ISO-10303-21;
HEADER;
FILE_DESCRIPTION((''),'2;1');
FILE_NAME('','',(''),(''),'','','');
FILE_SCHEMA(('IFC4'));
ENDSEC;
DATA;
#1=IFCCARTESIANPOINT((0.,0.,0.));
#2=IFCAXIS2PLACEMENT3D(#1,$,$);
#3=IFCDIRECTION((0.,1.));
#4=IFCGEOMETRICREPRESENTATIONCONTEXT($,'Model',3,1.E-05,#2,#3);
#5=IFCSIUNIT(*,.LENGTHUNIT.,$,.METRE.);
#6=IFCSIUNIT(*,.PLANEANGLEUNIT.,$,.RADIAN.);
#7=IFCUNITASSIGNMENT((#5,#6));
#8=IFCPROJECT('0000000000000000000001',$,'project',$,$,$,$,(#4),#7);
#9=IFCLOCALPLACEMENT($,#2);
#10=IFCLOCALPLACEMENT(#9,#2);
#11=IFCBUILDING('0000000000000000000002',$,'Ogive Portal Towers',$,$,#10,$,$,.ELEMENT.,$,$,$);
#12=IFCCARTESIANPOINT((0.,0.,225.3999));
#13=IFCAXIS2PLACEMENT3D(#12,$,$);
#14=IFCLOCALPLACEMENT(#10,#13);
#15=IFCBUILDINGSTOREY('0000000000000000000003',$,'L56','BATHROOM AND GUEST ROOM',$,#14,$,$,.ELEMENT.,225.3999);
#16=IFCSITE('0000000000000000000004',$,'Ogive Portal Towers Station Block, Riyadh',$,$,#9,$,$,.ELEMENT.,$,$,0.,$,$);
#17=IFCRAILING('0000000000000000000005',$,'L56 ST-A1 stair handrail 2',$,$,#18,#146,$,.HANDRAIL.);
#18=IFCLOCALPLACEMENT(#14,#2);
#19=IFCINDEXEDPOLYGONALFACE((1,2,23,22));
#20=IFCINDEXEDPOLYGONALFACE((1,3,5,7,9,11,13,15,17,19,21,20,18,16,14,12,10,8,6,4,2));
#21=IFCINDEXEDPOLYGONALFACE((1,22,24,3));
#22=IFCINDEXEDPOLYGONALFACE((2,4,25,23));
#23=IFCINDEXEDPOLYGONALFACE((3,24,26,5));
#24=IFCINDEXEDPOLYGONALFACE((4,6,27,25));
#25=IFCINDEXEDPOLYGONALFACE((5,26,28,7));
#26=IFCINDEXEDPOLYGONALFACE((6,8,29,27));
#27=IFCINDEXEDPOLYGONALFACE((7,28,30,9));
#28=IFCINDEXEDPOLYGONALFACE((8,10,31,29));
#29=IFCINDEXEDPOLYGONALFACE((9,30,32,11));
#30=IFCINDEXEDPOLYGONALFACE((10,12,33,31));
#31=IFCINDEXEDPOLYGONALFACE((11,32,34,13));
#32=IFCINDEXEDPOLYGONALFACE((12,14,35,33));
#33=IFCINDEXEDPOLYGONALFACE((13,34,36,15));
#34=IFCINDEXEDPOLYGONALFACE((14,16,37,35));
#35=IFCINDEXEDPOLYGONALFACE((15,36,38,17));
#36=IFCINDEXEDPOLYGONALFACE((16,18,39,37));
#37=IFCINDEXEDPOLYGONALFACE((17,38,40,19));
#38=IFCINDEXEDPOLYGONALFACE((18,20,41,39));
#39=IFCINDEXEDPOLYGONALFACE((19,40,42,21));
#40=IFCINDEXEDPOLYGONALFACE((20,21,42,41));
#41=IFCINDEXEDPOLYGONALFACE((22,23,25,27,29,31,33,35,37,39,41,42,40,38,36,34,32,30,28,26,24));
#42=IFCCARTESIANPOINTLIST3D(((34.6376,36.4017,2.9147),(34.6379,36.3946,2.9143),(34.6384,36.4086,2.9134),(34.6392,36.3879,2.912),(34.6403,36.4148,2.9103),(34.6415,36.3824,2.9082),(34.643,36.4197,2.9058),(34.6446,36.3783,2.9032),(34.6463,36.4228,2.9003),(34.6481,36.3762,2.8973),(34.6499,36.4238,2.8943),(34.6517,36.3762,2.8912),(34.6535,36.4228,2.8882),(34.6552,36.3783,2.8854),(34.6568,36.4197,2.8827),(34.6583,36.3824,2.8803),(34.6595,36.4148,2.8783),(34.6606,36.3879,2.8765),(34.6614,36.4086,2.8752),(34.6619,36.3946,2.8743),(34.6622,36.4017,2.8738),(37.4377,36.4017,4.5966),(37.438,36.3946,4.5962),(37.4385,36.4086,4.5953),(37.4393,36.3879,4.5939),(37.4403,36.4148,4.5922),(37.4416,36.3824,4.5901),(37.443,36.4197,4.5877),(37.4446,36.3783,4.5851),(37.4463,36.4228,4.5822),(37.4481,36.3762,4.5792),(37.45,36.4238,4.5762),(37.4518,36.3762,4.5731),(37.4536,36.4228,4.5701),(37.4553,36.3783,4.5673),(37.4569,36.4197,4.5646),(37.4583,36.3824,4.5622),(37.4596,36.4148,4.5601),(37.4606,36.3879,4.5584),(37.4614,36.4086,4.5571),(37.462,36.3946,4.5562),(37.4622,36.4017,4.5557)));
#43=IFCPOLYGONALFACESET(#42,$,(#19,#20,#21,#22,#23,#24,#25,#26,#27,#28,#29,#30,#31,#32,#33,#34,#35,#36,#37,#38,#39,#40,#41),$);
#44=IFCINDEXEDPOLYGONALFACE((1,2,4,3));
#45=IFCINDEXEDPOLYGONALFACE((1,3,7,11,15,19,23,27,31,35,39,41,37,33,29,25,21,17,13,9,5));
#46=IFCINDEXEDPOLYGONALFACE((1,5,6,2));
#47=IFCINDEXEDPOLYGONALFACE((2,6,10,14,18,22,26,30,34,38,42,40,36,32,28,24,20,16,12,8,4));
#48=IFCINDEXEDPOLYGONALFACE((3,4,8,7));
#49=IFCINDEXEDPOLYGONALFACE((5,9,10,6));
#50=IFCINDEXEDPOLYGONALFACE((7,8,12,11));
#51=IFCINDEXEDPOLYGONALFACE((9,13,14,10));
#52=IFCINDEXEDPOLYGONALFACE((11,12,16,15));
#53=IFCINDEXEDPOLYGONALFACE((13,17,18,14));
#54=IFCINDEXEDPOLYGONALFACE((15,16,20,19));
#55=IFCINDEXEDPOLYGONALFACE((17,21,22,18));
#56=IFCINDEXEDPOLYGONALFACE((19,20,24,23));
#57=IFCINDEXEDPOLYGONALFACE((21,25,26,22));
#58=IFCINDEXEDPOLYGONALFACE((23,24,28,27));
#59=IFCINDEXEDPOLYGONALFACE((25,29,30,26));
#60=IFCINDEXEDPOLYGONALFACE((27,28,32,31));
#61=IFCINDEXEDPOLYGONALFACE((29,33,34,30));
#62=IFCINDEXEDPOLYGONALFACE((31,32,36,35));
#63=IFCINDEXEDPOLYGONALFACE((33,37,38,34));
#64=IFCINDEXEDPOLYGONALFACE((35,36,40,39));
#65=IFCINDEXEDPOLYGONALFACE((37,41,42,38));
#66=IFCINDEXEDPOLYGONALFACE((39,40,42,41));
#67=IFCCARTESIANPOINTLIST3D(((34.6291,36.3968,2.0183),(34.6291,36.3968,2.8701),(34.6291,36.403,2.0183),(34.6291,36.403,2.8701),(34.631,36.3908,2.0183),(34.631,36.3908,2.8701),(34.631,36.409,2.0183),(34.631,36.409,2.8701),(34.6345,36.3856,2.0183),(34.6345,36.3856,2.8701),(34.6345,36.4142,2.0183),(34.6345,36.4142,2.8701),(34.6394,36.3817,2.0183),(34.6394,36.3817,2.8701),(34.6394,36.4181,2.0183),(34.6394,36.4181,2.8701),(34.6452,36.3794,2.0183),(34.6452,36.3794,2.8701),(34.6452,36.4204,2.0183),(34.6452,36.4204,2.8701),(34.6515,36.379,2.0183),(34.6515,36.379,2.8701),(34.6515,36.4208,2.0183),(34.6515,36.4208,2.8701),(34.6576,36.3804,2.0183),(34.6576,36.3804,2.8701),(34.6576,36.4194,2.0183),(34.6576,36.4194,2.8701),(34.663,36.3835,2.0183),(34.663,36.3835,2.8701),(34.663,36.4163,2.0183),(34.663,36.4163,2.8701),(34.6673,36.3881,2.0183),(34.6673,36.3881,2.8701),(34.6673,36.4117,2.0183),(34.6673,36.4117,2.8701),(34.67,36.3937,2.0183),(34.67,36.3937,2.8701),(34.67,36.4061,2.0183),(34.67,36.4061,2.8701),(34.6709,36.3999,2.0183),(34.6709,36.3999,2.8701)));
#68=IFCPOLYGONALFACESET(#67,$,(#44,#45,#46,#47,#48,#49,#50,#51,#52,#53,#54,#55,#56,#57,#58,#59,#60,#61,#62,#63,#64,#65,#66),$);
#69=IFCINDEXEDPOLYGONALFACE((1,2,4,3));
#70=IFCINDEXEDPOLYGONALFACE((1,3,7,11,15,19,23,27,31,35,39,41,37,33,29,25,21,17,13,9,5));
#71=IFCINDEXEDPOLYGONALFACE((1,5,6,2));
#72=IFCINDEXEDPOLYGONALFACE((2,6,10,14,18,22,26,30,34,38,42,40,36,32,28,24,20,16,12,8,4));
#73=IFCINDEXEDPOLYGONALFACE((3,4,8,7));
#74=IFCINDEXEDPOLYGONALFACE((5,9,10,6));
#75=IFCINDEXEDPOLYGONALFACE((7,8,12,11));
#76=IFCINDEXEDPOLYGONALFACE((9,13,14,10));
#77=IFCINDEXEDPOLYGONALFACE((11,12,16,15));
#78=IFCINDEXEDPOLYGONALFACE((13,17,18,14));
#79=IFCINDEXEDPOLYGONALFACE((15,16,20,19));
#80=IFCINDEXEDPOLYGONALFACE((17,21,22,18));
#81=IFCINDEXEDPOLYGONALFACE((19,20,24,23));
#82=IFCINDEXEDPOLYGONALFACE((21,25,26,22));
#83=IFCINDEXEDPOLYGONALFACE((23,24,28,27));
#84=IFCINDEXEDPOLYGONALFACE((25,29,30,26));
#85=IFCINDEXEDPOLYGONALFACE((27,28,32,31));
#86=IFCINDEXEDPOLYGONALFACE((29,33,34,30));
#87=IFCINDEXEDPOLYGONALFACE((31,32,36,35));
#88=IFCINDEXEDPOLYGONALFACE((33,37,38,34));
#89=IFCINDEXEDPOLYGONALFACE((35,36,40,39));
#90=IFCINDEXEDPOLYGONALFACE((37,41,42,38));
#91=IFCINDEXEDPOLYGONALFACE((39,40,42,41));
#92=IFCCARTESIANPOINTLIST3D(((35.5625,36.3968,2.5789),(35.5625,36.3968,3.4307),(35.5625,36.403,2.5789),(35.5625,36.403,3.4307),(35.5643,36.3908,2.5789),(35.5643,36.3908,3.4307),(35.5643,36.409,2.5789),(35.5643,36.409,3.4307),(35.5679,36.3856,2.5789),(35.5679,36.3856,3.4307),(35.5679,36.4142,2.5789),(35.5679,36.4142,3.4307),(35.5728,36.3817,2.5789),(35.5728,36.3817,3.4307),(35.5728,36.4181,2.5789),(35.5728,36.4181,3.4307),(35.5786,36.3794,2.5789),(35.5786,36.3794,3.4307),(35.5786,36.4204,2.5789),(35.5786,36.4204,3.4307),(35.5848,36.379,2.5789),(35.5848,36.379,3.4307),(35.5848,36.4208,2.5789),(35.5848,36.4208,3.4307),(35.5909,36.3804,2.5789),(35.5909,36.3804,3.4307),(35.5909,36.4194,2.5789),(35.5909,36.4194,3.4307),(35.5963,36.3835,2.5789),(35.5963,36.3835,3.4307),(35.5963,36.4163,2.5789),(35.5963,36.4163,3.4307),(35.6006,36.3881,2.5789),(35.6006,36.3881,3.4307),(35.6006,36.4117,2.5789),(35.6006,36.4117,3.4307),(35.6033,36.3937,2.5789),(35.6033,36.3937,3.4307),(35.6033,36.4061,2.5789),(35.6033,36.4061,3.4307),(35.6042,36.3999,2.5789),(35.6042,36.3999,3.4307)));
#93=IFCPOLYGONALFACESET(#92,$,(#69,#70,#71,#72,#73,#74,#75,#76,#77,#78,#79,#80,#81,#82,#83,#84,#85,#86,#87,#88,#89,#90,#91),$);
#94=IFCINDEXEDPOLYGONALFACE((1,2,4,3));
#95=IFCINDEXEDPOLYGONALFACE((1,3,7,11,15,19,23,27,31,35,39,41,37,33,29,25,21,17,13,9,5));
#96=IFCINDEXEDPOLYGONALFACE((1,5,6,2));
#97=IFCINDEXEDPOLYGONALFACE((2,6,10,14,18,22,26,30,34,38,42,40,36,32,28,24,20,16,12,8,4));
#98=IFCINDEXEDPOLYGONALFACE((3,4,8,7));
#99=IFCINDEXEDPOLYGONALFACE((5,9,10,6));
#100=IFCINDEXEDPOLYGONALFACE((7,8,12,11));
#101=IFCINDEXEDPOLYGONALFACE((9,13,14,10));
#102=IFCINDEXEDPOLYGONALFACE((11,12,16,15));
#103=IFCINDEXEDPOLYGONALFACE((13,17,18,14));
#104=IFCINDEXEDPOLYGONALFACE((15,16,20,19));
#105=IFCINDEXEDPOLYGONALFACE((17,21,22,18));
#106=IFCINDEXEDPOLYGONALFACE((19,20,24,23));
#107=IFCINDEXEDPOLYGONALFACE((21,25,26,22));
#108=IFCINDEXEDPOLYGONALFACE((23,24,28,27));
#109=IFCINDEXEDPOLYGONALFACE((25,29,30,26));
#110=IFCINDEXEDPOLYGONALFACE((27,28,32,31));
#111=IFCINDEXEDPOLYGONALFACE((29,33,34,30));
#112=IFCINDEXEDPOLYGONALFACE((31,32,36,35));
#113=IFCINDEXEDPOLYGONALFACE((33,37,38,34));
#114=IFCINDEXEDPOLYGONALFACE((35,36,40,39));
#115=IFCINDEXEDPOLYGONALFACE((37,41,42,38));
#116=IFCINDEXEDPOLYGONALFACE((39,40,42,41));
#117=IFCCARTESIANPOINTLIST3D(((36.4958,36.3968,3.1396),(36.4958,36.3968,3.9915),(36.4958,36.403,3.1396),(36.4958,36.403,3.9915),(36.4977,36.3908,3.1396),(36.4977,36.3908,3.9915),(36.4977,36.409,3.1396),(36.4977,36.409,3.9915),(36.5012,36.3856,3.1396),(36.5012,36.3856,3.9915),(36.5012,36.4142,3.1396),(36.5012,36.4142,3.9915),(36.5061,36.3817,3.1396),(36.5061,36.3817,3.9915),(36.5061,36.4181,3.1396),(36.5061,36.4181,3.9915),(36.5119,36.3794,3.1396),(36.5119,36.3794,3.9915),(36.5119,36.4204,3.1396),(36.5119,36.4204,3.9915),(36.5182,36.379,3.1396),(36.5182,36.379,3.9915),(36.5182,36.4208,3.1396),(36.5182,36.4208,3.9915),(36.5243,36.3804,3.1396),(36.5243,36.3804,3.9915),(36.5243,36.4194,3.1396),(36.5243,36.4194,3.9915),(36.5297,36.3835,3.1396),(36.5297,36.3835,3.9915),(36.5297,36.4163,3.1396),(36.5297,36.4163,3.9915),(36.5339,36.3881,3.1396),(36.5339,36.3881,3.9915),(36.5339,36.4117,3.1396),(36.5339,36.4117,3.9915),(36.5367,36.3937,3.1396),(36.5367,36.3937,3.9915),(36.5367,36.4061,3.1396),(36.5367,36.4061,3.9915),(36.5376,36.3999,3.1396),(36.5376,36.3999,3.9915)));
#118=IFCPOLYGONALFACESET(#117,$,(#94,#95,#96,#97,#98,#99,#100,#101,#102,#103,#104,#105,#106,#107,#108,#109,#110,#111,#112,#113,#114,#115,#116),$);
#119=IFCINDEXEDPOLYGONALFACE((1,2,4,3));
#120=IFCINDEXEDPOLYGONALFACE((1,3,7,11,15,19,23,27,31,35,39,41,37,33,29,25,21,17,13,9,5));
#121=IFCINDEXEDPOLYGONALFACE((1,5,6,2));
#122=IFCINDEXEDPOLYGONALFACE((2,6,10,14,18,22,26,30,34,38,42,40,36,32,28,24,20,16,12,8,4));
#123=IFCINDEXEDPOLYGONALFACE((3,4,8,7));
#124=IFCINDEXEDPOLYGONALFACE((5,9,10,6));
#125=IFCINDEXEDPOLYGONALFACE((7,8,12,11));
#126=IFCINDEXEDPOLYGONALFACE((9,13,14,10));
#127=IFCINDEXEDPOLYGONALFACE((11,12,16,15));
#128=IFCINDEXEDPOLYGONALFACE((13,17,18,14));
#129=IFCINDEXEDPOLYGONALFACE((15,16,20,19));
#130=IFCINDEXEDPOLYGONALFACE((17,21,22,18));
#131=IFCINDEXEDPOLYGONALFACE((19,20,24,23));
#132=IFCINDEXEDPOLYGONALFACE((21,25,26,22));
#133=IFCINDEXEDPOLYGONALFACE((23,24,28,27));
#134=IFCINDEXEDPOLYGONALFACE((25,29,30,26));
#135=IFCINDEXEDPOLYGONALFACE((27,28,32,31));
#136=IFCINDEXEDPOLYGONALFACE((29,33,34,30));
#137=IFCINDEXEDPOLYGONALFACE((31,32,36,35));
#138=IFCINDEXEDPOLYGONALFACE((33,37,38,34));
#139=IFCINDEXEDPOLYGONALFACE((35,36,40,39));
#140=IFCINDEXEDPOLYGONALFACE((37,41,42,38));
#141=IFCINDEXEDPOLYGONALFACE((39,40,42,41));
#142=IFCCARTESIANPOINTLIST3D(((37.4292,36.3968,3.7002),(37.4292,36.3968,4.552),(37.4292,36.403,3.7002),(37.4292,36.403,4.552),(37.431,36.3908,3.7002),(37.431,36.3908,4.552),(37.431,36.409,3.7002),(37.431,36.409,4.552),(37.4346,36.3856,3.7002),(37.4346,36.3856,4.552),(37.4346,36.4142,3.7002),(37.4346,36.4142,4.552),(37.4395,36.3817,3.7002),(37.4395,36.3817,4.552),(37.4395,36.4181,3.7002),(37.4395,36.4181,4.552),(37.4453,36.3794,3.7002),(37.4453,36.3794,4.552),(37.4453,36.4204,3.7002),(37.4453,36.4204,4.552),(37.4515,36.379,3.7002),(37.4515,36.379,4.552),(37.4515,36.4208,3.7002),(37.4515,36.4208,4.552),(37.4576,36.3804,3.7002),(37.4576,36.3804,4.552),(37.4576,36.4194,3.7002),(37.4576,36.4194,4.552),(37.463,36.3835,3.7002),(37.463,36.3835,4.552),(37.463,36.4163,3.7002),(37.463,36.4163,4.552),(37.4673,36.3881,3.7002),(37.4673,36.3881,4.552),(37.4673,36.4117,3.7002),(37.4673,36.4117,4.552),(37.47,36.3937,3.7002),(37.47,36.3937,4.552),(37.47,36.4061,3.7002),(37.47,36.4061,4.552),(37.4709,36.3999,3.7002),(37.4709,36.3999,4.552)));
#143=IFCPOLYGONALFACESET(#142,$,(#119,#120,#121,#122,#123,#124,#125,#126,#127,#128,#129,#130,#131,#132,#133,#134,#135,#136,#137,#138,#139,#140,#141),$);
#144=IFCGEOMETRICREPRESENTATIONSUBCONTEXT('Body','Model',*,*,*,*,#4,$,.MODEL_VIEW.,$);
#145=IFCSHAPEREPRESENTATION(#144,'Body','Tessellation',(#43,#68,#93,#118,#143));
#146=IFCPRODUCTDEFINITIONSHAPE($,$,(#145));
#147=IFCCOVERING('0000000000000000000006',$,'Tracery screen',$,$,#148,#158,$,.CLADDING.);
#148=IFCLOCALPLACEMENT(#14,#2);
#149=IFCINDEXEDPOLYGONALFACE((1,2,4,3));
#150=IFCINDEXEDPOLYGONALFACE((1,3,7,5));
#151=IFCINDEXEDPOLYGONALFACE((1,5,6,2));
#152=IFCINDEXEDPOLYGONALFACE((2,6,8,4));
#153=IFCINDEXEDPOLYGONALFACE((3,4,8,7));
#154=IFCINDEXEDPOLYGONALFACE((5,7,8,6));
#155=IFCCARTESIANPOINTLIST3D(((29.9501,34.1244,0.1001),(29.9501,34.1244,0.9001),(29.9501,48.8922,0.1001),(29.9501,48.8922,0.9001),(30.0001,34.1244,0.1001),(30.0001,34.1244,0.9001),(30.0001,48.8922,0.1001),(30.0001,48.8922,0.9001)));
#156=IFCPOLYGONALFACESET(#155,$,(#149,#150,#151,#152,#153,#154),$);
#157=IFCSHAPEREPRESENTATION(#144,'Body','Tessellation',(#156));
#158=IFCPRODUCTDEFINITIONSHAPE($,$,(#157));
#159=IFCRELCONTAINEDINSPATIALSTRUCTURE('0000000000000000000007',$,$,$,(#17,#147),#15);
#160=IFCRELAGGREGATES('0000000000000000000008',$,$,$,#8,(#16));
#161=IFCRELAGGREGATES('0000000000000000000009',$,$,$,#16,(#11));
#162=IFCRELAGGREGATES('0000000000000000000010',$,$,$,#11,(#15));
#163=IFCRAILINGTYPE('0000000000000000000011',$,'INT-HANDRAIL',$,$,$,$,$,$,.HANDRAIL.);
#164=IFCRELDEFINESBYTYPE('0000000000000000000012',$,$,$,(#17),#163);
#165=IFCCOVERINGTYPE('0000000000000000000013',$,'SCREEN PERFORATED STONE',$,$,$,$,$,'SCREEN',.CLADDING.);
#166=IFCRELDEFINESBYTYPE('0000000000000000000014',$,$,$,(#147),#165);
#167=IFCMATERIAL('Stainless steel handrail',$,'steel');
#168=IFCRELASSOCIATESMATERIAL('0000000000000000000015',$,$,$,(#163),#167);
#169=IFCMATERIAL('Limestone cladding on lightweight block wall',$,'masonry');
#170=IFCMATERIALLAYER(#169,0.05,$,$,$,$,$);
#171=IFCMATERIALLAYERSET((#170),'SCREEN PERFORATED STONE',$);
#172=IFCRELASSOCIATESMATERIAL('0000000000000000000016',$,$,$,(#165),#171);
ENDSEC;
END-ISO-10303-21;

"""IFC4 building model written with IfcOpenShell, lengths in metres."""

from ifc_helpers import new_model, si_unit, direction, frame, origin, origin_2d, place, context, subcontext, project, spatial, rectangle, circle, extrude, material, layer, layer_set, type_object, element, save


model = new_model("IFC4")

# Units and contexts
model_context = context("Model", 3, precision=1e-05, world=origin(), true_north=direction((0.0, 1.0)))
body_context = subcontext(model_context, "Body", "Model", "MODEL_VIEW")
ifc_project = project(units=[si_unit("LENGTHUNIT", "METRE"), si_unit("PLANEANGLEUNIT", "RADIAN")], contexts=[model_context])

# Site, building, storey
site_placement = place(None, origin())
site = spatial("IfcSite", under=ifc_project, at=site_placement, Name="Ogive Portal Towers Station Block, Riyadh", CompositionType="ELEMENT", RefElevation=0.0)
building_placement = place(site_placement, origin())
building = spatial("IfcBuilding", under=site, at=building_placement, Name="Ogive Portal Towers", CompositionType="ELEMENT")
storey_placement = place(building_placement, frame((0.0, 0.0, 225.3999)))
storey = spatial("IfcBuildingStorey", under=building, at=storey_placement, Name="L56", Description="BATHROOM AND GUEST ROOM", CompositionType="ELEMENT", Elevation=225.3999)

# Shared definitions
ifc_material_1 = material(Name="Limestone cladding on lightweight block wall", Category="masonry")

# Railing
ifc_material_2 = material(Name="Stainless steel handrail", Category="steel")
railing_type_1 = type_object("IfcRailingType", Name="INT-HANDRAIL", PredefinedType="HANDRAIL", material=ifc_material_2)
railing_1_placement = place(storey_placement, frame((34.6499, 36.3999, 2.0183)))
element("IfcRailing", 1, at=railing_1_placement, inside=storey, type_object=railing_type_1, Name="L56 ST-A1 stair handrail 2", PredefinedType="HANDRAIL", context=body_context, shape_type="SweptSolid", body=[
    extrude(circle(Radius=0.0239, at=origin_2d()), frame((0.0, 0.0, 0.876), z_axis=(0.857242, 0.0, 0.514913), x_axis=(0.0, 1.0, 0.0)), (0.0, 0.0, 1.0), 3.2664),
    extrude(circle(Radius=0.021, at=origin_2d()), origin(), (0.0, 0.0, 1.0), 0.8518),
    extrude(circle(Radius=0.021, at=origin_2d()), frame((0.9333, 0.0, 0.5605)), (0.0, 0.0, 1.0), 0.8518),
    extrude(circle(Radius=0.021, at=origin_2d()), frame((1.8667, 0.0, 1.1213)), (0.0, 0.0, 1.0), 0.8518),
    extrude(circle(Radius=0.021, at=origin_2d()), frame((2.8, 0.0, 1.6819)), (0.0, 0.0, 1.0), 0.8518),
])

# Covering
ifc_layer_1 = layer(ifc_material_1, 0.05)
ifc_layer_set_1 = layer_set([ifc_layer_1], Name="SCREEN PERFORATED STONE")
covering_type = type_object("IfcCoveringType", Name="SCREEN PERFORATED STONE", ElementType="SCREEN", PredefinedType="CLADDING", material=ifc_layer_set_1)
covering_placement = place(storey_placement, frame((29.9751, 41.5083, 0.1001), z_axis=(0.0, 0.0, 1.0), x_axis=(0.0, -1.0, 0.0)))
element("IfcCovering", 2, at=covering_placement, inside=storey, type_object=covering_type, Name="Tracery screen", PredefinedType="CLADDING", context=body_context, shape_type="SweptSolid", body=[
    extrude(rectangle(XDim=14.7678, YDim=0.05, at=origin_2d()), origin(), (0.0, 0.0, 1.0), 0.8),
])

save(model, "model.ifc")
